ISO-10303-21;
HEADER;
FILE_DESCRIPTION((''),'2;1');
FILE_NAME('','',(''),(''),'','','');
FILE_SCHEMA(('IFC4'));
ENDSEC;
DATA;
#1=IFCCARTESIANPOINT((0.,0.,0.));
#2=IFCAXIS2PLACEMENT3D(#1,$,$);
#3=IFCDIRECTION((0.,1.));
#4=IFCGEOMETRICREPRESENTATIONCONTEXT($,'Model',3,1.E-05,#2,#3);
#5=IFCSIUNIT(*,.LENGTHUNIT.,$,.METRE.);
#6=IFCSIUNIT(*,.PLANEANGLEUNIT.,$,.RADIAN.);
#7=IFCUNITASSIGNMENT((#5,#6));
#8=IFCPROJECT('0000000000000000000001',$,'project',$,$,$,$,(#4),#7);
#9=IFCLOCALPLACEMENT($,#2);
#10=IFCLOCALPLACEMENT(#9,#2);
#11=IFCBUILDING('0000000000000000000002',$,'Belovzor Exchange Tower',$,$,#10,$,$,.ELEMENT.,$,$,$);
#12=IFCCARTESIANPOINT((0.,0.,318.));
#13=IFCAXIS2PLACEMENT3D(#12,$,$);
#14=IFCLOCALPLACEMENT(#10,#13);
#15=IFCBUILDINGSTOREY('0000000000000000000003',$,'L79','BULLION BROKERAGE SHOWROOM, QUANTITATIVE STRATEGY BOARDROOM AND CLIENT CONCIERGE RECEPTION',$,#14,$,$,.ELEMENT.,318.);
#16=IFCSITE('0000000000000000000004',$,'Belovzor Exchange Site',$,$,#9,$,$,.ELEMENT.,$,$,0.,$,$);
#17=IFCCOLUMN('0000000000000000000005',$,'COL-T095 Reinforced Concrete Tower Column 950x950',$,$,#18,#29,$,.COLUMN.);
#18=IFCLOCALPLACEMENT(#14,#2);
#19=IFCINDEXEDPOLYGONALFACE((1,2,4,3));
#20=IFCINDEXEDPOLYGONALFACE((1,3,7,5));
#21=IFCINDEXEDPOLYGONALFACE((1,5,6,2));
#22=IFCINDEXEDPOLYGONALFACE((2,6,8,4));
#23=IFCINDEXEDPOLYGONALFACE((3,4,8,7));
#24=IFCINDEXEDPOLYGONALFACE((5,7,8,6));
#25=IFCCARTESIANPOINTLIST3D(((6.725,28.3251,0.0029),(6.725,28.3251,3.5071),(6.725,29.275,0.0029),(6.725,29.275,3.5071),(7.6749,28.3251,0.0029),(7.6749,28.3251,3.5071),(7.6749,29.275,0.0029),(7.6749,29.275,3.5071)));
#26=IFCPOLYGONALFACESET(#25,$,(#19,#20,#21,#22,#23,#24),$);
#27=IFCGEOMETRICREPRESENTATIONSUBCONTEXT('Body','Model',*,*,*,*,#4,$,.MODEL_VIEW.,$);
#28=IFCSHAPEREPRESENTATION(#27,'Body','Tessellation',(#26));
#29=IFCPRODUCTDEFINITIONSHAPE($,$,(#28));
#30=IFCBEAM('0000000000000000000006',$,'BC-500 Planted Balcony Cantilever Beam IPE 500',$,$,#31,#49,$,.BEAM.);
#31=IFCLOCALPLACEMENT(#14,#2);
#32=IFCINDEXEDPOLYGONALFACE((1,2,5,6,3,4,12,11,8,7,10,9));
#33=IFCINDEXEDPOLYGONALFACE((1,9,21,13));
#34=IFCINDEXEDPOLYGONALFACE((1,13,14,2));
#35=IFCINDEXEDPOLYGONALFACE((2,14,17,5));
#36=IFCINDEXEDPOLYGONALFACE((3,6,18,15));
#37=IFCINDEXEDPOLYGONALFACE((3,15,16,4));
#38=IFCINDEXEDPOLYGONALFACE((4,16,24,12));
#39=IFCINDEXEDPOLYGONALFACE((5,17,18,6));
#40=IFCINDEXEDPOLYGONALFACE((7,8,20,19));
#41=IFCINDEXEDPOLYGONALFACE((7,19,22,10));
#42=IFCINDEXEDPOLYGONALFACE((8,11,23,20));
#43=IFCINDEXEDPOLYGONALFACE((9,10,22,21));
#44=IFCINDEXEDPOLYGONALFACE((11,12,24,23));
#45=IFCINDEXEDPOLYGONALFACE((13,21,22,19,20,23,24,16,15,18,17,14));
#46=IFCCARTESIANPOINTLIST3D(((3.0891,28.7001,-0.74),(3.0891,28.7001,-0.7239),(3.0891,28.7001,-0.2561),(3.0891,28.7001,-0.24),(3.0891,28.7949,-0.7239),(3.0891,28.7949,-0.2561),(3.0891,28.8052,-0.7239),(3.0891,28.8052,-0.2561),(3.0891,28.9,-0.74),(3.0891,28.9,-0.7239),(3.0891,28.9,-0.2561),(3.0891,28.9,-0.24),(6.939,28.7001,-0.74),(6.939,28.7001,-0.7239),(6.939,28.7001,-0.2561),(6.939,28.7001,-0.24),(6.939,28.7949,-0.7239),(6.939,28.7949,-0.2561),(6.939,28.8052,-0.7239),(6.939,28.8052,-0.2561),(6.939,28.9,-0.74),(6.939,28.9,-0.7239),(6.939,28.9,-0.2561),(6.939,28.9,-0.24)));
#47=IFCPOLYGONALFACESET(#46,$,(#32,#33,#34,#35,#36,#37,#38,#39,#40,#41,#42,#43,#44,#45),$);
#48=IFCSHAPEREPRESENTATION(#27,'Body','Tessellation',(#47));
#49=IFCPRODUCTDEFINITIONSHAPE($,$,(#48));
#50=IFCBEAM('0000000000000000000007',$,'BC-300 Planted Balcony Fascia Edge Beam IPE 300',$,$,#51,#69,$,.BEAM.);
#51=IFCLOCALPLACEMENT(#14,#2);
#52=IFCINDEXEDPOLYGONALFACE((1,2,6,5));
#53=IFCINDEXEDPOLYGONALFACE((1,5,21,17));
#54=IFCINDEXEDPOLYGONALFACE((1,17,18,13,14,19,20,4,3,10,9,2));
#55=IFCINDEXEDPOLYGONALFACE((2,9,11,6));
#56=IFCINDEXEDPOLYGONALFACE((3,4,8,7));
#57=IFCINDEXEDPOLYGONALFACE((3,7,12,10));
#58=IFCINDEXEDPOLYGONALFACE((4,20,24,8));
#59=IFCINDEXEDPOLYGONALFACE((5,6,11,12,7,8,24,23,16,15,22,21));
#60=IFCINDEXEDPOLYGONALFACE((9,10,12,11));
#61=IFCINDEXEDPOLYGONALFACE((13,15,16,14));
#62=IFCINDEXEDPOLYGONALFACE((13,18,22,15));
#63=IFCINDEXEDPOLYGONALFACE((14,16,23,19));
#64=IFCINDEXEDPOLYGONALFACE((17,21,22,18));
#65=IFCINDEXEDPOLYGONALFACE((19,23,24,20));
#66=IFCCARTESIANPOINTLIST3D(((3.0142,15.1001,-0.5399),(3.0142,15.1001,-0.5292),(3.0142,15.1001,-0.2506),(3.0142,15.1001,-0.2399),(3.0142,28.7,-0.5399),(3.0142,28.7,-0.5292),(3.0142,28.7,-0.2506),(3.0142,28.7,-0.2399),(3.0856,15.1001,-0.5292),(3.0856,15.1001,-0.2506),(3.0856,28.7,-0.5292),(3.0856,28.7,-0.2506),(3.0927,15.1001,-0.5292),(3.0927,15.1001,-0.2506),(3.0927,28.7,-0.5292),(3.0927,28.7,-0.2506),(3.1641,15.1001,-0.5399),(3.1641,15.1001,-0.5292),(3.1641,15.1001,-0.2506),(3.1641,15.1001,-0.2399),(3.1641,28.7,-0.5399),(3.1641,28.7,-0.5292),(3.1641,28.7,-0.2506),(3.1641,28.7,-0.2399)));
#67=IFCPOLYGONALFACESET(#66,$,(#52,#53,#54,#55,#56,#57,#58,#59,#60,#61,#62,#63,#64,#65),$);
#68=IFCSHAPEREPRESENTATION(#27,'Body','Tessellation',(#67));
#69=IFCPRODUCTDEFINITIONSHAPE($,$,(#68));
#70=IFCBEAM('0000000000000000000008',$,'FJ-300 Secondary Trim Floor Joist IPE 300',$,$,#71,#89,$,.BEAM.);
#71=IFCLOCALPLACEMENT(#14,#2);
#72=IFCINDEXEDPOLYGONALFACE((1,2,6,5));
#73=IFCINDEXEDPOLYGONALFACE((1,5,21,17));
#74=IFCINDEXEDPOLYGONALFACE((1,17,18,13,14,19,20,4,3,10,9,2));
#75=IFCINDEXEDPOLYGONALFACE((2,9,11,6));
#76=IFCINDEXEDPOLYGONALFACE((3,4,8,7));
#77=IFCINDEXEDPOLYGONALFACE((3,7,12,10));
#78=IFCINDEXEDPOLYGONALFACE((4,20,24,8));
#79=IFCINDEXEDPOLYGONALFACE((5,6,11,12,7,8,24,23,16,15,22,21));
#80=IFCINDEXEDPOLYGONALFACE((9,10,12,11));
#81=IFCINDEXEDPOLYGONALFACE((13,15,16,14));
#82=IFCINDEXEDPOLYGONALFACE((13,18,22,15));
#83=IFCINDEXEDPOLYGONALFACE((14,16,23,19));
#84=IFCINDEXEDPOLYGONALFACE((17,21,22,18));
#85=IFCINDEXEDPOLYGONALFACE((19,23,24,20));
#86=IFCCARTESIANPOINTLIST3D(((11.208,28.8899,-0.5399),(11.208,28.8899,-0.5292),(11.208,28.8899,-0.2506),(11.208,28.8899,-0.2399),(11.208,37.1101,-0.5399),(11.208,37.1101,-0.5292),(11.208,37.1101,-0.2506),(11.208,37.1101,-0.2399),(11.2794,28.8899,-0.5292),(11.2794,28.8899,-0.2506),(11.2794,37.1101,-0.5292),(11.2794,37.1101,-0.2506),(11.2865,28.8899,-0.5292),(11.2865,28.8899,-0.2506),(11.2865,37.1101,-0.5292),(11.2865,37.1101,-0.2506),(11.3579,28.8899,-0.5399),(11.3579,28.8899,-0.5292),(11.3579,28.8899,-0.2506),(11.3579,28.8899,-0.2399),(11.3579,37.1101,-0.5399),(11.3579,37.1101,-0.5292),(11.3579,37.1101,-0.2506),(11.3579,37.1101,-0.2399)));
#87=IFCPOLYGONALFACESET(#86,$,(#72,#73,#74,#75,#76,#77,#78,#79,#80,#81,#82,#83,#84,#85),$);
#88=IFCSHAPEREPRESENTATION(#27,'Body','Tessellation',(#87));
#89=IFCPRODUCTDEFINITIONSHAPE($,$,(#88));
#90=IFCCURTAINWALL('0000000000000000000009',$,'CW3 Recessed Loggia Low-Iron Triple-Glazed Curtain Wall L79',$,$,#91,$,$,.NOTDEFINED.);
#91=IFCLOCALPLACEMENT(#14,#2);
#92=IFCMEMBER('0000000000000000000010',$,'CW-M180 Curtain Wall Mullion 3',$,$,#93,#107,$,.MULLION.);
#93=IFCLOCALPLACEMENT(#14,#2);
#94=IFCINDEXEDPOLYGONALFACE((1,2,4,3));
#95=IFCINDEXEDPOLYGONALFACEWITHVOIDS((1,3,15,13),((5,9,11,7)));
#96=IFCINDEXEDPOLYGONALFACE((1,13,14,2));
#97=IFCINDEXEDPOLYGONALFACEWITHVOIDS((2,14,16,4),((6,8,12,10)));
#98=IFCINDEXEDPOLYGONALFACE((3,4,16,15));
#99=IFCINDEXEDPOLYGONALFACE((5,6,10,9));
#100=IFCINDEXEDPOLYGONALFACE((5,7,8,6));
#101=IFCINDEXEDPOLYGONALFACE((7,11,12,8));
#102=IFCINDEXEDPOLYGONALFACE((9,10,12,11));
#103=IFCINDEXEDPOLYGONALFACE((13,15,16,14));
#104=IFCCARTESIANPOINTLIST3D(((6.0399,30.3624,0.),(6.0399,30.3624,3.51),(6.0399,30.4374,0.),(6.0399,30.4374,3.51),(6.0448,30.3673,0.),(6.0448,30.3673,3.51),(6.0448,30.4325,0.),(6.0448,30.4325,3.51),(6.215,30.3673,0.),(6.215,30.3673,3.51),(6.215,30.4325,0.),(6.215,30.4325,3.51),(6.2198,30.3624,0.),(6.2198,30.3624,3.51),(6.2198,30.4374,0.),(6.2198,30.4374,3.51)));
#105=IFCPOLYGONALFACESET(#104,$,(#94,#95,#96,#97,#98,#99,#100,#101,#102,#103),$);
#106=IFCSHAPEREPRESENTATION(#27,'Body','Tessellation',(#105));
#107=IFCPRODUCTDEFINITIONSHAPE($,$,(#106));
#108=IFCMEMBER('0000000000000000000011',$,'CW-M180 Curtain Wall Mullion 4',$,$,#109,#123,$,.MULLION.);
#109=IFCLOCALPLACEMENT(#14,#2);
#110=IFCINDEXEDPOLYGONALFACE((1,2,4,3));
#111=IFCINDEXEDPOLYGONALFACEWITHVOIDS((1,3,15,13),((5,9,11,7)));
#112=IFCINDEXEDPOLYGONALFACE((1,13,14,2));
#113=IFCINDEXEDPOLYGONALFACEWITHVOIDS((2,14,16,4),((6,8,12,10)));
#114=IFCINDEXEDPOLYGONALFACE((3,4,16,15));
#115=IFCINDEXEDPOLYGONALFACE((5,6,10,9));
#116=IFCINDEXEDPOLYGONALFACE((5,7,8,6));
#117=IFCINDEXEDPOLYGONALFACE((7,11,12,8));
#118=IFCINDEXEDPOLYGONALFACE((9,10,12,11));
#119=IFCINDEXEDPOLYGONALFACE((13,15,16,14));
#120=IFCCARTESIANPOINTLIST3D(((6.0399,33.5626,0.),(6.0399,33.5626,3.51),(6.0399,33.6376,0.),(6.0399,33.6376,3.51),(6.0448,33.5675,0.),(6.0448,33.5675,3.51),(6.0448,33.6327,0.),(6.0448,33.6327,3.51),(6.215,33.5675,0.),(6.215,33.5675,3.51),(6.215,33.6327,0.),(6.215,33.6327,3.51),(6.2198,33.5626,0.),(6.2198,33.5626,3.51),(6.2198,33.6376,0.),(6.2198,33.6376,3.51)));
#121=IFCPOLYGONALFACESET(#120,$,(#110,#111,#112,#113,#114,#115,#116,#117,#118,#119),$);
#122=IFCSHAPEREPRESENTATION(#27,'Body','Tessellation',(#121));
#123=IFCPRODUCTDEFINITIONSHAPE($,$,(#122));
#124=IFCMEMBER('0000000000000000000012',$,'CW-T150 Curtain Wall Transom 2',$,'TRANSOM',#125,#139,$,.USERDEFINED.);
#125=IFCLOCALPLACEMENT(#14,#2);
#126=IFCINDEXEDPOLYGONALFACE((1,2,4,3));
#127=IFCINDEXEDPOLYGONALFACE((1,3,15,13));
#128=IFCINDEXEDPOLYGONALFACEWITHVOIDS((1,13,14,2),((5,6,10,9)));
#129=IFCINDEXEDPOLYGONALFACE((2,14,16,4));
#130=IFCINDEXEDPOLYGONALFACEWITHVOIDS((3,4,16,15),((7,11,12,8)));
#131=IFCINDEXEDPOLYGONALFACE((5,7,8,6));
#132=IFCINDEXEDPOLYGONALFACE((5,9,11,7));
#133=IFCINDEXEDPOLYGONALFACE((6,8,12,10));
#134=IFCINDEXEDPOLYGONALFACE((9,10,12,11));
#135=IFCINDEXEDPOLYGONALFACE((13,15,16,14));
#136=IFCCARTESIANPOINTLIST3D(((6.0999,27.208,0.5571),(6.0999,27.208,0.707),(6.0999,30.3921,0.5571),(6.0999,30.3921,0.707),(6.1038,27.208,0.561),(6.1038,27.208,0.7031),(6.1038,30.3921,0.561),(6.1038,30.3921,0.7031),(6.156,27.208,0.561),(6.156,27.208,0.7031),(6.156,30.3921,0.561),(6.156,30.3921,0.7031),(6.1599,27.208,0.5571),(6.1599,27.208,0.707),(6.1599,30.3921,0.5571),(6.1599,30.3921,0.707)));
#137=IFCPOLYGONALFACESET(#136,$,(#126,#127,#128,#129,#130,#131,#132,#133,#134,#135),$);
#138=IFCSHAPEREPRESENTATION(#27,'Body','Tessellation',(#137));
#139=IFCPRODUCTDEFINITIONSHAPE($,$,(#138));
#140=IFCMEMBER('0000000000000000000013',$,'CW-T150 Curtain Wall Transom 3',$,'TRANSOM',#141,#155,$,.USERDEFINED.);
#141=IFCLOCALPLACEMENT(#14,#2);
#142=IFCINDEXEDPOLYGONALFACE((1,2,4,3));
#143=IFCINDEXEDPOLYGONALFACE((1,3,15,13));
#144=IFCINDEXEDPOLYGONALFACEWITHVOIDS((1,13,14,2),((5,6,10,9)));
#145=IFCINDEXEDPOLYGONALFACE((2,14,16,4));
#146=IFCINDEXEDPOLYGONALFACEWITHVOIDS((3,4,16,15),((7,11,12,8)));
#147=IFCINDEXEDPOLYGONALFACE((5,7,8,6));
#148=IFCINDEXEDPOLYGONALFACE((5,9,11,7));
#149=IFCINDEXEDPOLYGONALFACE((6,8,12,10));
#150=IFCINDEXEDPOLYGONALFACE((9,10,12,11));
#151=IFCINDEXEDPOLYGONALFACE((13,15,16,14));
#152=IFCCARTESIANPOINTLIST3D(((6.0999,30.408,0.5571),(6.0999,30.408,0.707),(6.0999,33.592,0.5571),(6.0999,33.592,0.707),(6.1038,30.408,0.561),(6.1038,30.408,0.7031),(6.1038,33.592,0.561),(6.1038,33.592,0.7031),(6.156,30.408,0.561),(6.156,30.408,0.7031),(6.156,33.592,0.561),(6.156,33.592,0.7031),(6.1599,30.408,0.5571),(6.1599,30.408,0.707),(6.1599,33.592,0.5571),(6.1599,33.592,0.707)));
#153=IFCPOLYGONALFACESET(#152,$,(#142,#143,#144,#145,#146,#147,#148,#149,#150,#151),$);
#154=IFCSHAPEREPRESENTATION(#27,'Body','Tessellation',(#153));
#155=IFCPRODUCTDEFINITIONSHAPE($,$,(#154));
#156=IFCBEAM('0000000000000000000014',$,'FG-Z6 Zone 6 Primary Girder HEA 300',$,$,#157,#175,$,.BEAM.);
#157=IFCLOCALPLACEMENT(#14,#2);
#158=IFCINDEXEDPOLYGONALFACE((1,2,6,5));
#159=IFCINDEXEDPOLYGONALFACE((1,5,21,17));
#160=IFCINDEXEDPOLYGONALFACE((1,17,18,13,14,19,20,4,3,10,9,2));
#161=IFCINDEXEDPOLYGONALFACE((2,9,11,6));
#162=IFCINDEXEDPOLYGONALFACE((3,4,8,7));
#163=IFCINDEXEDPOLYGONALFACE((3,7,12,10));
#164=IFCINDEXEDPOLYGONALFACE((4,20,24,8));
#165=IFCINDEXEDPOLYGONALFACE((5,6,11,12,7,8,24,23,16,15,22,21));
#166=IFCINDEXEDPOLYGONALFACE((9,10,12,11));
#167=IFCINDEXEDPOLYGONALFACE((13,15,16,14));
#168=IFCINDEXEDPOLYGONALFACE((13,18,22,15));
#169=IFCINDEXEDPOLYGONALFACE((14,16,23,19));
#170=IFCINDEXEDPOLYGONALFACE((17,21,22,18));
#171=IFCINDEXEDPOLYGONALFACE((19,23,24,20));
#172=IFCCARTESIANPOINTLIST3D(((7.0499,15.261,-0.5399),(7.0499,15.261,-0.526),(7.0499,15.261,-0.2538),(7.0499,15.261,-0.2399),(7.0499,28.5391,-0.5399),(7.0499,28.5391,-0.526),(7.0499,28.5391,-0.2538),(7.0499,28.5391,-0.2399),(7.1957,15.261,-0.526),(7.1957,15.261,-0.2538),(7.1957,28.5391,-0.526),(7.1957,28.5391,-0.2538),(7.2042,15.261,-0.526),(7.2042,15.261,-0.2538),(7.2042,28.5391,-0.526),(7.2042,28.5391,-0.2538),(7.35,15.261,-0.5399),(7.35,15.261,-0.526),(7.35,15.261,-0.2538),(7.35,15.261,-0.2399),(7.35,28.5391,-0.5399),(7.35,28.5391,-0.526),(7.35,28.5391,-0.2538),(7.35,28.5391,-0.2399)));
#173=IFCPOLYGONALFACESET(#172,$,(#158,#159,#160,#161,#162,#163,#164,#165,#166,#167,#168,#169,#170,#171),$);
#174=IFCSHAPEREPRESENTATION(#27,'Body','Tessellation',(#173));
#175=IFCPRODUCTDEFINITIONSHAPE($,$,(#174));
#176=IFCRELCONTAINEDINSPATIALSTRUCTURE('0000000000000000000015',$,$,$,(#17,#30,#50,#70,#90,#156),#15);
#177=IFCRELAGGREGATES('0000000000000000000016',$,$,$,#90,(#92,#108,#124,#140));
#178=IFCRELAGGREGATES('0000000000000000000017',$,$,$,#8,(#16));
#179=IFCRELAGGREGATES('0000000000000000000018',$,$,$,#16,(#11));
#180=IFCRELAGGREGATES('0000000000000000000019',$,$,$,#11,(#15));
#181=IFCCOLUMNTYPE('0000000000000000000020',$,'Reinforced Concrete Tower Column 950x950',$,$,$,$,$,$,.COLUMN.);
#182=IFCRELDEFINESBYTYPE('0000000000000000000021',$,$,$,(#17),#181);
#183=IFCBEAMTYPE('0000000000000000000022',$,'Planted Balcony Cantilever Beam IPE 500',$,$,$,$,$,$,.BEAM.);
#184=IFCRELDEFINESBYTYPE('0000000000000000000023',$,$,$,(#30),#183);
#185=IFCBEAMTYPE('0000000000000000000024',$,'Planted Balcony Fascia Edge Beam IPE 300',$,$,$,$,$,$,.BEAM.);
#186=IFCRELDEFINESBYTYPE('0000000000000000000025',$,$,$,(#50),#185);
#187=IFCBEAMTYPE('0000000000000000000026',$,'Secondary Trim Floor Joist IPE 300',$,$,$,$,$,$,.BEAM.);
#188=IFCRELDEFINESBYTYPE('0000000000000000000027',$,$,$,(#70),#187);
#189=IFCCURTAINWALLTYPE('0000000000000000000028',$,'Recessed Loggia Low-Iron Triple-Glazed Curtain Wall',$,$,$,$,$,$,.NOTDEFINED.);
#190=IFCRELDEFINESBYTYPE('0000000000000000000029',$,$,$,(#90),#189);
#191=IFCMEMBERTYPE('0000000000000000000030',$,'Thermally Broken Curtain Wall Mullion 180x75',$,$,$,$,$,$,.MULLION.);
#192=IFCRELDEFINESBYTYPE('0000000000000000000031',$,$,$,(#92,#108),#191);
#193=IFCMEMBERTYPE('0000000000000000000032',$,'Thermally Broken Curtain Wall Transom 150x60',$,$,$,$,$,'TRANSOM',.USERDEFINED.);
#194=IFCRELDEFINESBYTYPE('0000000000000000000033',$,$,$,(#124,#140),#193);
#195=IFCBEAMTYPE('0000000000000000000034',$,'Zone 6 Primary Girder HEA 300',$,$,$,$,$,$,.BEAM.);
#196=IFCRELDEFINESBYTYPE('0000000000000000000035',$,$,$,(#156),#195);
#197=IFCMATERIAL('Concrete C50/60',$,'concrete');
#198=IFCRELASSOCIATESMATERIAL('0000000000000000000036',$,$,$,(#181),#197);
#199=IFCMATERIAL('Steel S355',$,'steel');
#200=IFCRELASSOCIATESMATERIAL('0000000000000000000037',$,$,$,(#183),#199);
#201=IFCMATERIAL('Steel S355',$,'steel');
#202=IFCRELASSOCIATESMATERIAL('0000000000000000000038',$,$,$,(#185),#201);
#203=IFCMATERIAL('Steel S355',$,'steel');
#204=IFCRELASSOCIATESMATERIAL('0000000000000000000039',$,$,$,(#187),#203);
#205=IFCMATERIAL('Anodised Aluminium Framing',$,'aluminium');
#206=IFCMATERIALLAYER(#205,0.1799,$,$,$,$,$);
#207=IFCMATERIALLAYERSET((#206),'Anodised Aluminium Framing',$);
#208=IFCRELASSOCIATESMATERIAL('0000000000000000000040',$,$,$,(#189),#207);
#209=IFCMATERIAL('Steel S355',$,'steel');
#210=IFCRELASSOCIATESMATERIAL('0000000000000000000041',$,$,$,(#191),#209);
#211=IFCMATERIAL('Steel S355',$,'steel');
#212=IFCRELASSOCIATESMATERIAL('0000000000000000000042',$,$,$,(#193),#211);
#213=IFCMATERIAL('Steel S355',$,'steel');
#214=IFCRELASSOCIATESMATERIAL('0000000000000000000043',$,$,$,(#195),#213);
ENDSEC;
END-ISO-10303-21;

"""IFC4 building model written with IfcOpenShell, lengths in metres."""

from ifc_helpers import new_model, si_unit, direction, frame, origin, origin_2d, place, context, subcontext, project, spatial, rectangle, hollow_rectangle, i_section, extrude, material, layer, layer_set, material_profile, profile_set, type_object, element, aggregate, save


model = new_model("IFC4")

# Units and contexts
model_context = context("Model", 3, precision=1e-05, world=origin(), true_north=direction((0.0, 1.0)))
body_context = subcontext(model_context, "Body", "Model", "MODEL_VIEW")
ifc_project = project(units=[si_unit("LENGTHUNIT", "METRE"), si_unit("PLANEANGLEUNIT", "RADIAN")], contexts=[model_context])

# Site, building, storey
site_placement = place(None, origin())
site = spatial("IfcSite", under=ifc_project, at=site_placement, Name="Belovzor Exchange Site", CompositionType="ELEMENT", RefElevation=0.0)
building_placement = place(site_placement, origin())
building = spatial("IfcBuilding", under=site, at=building_placement, Name="Belovzor Exchange Tower", CompositionType="ELEMENT")
storey_placement = place(building_placement, frame((0.0, 0.0, 318.0)))
storey = spatial("IfcBuildingStorey", under=building, at=storey_placement, Name="L79", Description="BULLION BROKERAGE SHOWROOM, QUANTITATIVE STRATEGY BOARDROOM AND CLIENT CONCIERGE RECEPTION", CompositionType="ELEMENT", Elevation=318.0)

# Column
ifc_material_1 = material(Name="Concrete C50/60", Category="concrete")
ifc_material_profile_1 = material_profile(ifc_material_1, rectangle(XDim=0.95, YDim=0.95, at=origin_2d()))
ifc_profile_set_1 = profile_set([ifc_material_profile_1], Name="Concrete C50/60")
column_type = type_object("IfcColumnType", Name="Reinforced Concrete Tower Column 950x950", PredefinedType="COLUMN", material=ifc_profile_set_1)
column_placement = place(storey_placement, frame((7.2, 28.8, 0.0029), z_axis=(0.0, 0.0, 1.0), x_axis=(1.0, 0.0, 0.0)))
element("IfcColumn", 1, at=column_placement, inside=storey, type_object=column_type, Name="COL-T095 Reinforced Concrete Tower Column 950x950", PredefinedType="COLUMN", context=body_context, shape_type="SweptSolid", body=[
    extrude(rectangle(XDim=0.95, YDim=0.95, at=origin_2d()), origin(), (0.0, 0.0, 1.0), 3.5042),
])

# Beams
ifc_material_2 = material(Name="Steel S355", Category="steel")
ifc_material_profile_2 = material_profile(ifc_material_2, i_section(OverallWidth=0.2, OverallDepth=0.5, WebThickness=0.0103, FlangeThickness=0.0161, at=origin_2d()))
ifc_profile_set_2 = profile_set([ifc_material_profile_2], Name="Steel S355")
beam_type_1 = type_object("IfcBeamType", Name="Planted Balcony Cantilever Beam IPE 500", PredefinedType="BEAM", material=ifc_profile_set_2)
beam_1_placement = place(storey_placement, frame((6.939, 28.8, -0.49), z_axis=(-1.0, 0.0, 0.0), x_axis=(0.0, -1.0, 0.0)))
element("IfcBeam", 2, at=beam_1_placement, inside=storey, type_object=beam_type_1, Name="BC-500 Planted Balcony Cantilever Beam IPE 500", PredefinedType="BEAM", context=body_context, shape_type="SweptSolid", body=[
    extrude(i_section(OverallWidth=0.2, OverallDepth=0.5, WebThickness=0.0103, FlangeThickness=0.0161, at=origin_2d()), origin(), (0.0, 0.0, 1.0), 3.8499),
])
ifc_material_3 = material(Name="Steel S355", Category="steel")
ifc_material_profile_3 = material_profile(ifc_material_3, i_section(OverallWidth=0.1499, OverallDepth=0.3, WebThickness=0.0071, FlangeThickness=0.0107, at=origin_2d()))
ifc_profile_set_3 = profile_set([ifc_material_profile_3], Name="Steel S355")
beam_type_2 = type_object("IfcBeamType", Name="Planted Balcony Fascia Edge Beam IPE 300", PredefinedType="BEAM", material=ifc_profile_set_3)
beam_2_placement = place(storey_placement, frame((3.0891, 28.7, -0.3899), z_axis=(0.0, -1.0, 0.0), x_axis=(1.0, 0.0, 0.0)))
element("IfcBeam", 3, at=beam_2_placement, inside=storey, type_object=beam_type_2, Name="BC-300 Planted Balcony Fascia Edge Beam IPE 300", PredefinedType="BEAM", context=body_context, shape_type="SweptSolid", body=[
    extrude(i_section(OverallWidth=0.1499, OverallDepth=0.3, WebThickness=0.0071, FlangeThickness=0.0107, at=origin_2d()), origin(), (0.0, 0.0, 1.0), 13.5999),
])
ifc_material_4 = material(Name="Steel S355", Category="steel")
ifc_material_profile_4 = material_profile(ifc_material_4, i_section(OverallWidth=0.1499, OverallDepth=0.3, WebThickness=0.0071, FlangeThickness=0.0107, at=origin_2d()))
ifc_profile_set_4 = profile_set([ifc_material_profile_4], Name="Steel S355")
beam_type_3 = type_object("IfcBeamType", Name="Secondary Trim Floor Joist IPE 300", PredefinedType="BEAM", material=ifc_profile_set_4)
beam_3_placement = place(storey_placement, frame((11.283, 28.8899, -0.3899), z_axis=(0.0, 1.0, 0.0), x_axis=(-1.0, 0.0, 0.0)))
element("IfcBeam", 4, at=beam_3_placement, inside=storey, type_object=beam_type_3, Name="FJ-300 Secondary Trim Floor Joist IPE 300", PredefinedType="BEAM", context=body_context, shape_type="SweptSolid", body=[
    extrude(i_section(OverallWidth=0.1499, OverallDepth=0.3, WebThickness=0.0071, FlangeThickness=0.0107, at=origin_2d()), origin(), (0.0, 0.0, 1.0), 8.2202),
])

# Curtain wall, members
ifc_material_5 = material(Name="Anodised Aluminium Framing", Category="aluminium")
ifc_layer_1 = layer(ifc_material_5, 0.1799)
ifc_layer_set_1 = layer_set([ifc_layer_1], Name="Anodised Aluminium Framing")
curtain_wall_type = type_object("IfcCurtainWallType", Name="Recessed Loggia Low-Iron Triple-Glazed Curtain Wall", PredefinedType="NOTDEFINED", material=ifc_layer_set_1)
curtain_wall_placement = place(storey_placement, origin())
curtain_wall = element("IfcCurtainWall", 5, at=curtain_wall_placement, inside=storey, type_object=curtain_wall_type, Name="CW3 Recessed Loggia Low-Iron Triple-Glazed Curtain Wall L79", PredefinedType="NOTDEFINED")
ifc_material_6 = material(Name="Steel S355", Category="steel")
ifc_material_profile_5 = material_profile(ifc_material_6, hollow_rectangle(XDim=0.075, YDim=0.1799, WallThickness=0.0049, at=origin_2d()))
ifc_profile_set_5 = profile_set([ifc_material_profile_5], Name="Steel S355")
member_type_1 = type_object("IfcMemberType", Name="Thermally Broken Curtain Wall Mullion 180x75", PredefinedType="MULLION", material=ifc_profile_set_5)
member_1_placement = place(storey_placement, frame((6.1299, 30.3999, 0.0), z_axis=(0.0, 0.0, 1.0), x_axis=(0.0, 1.0, 0.0)))
member_1 = element("IfcMember", 6, at=member_1_placement, type_object=member_type_1, Name="CW-M180 Curtain Wall Mullion 3", PredefinedType="MULLION", context=body_context, shape_type="SweptSolid", body=[
    extrude(hollow_rectangle(XDim=0.075, YDim=0.1799, WallThickness=0.0049, at=origin_2d()), origin(), (0.0, 0.0, 1.0), 3.51),
])
member_2_placement = place(storey_placement, frame((6.1299, 33.6001, 0.0), z_axis=(0.0, 0.0, 1.0), x_axis=(0.0, 1.0, 0.0)))
member_2 = element("IfcMember", 7, at=member_2_placement, type_object=member_type_1, Name="CW-M180 Curtain Wall Mullion 4", PredefinedType="MULLION", context=body_context, shape_type="SweptSolid", body=[
    extrude(hollow_rectangle(XDim=0.075, YDim=0.1799, WallThickness=0.0049, at=origin_2d()), origin(), (0.0, 0.0, 1.0), 3.51),
])
ifc_material_7 = material(Name="Steel S355", Category="steel")
ifc_material_profile_6 = material_profile(ifc_material_7, hollow_rectangle(XDim=0.0601, YDim=0.1499, WallThickness=0.0039, at=origin_2d()))
ifc_profile_set_6 = profile_set([ifc_material_profile_6], Name="Steel S355")
member_type_2 = type_object("IfcMemberType", Name="Thermally Broken Curtain Wall Transom 150x60", ElementType="TRANSOM", PredefinedType="USERDEFINED", material=ifc_profile_set_6)
member_3_placement = place(storey_placement, frame((6.1299, 27.208, 0.6321), z_axis=(0.0, 1.0, 0.0), x_axis=(-1.0, 0.0, 0.0)))
member_3 = element("IfcMember", 8, at=member_3_placement, type_object=member_type_2, Name="CW-T150 Curtain Wall Transom 2", ObjectType="TRANSOM", PredefinedType="USERDEFINED", context=body_context, shape_type="SweptSolid", body=[
    extrude(hollow_rectangle(XDim=0.0601, YDim=0.1499, WallThickness=0.0039, at=origin_2d()), origin(), (0.0, 0.0, 1.0), 3.1841),
])
member_4_placement = place(storey_placement, frame((6.1299, 30.408, 0.6321), z_axis=(0.0, 1.0, 0.0), x_axis=(-1.0, 0.0, 0.0)))
member_4 = element("IfcMember", 9, at=member_4_placement, type_object=member_type_2, Name="CW-T150 Curtain Wall Transom 3", ObjectType="TRANSOM", PredefinedType="USERDEFINED", context=body_context, shape_type="SweptSolid", body=[
    extrude(hollow_rectangle(XDim=0.0601, YDim=0.1499, WallThickness=0.0039, at=origin_2d()), origin(), (0.0, 0.0, 1.0), 3.1841),
])

# Beam
ifc_material_8 = material(Name="Steel S355", Category="steel")
ifc_material_profile_7 = material_profile(ifc_material_8, i_section(OverallWidth=0.3, OverallDepth=0.3, WebThickness=0.0085, FlangeThickness=0.0139, at=origin_2d()))
ifc_profile_set_7 = profile_set([ifc_material_profile_7], Name="Steel S355")
beam_type_4 = type_object("IfcBeamType", Name="Zone 6 Primary Girder HEA 300", PredefinedType="BEAM", material=ifc_profile_set_7)
beam_4_placement = place(storey_placement, frame((7.2, 28.5391, -0.3899), z_axis=(0.0, -1.0, 0.0), x_axis=(1.0, 0.0, 0.0)))
element("IfcBeam", 10, at=beam_4_placement, inside=storey, type_object=beam_type_4, Name="FG-Z6 Zone 6 Primary Girder HEA 300", PredefinedType="BEAM", context=body_context, shape_type="SweptSolid", body=[
    extrude(i_section(OverallWidth=0.3, OverallDepth=0.3, WebThickness=0.0085, FlangeThickness=0.0139, at=origin_2d()), origin(), (0.0, 0.0, 1.0), 13.2781),
])

aggregate(curtain_wall, [member_1, member_2, member_3, member_4])

save(model, "model.ifc")
